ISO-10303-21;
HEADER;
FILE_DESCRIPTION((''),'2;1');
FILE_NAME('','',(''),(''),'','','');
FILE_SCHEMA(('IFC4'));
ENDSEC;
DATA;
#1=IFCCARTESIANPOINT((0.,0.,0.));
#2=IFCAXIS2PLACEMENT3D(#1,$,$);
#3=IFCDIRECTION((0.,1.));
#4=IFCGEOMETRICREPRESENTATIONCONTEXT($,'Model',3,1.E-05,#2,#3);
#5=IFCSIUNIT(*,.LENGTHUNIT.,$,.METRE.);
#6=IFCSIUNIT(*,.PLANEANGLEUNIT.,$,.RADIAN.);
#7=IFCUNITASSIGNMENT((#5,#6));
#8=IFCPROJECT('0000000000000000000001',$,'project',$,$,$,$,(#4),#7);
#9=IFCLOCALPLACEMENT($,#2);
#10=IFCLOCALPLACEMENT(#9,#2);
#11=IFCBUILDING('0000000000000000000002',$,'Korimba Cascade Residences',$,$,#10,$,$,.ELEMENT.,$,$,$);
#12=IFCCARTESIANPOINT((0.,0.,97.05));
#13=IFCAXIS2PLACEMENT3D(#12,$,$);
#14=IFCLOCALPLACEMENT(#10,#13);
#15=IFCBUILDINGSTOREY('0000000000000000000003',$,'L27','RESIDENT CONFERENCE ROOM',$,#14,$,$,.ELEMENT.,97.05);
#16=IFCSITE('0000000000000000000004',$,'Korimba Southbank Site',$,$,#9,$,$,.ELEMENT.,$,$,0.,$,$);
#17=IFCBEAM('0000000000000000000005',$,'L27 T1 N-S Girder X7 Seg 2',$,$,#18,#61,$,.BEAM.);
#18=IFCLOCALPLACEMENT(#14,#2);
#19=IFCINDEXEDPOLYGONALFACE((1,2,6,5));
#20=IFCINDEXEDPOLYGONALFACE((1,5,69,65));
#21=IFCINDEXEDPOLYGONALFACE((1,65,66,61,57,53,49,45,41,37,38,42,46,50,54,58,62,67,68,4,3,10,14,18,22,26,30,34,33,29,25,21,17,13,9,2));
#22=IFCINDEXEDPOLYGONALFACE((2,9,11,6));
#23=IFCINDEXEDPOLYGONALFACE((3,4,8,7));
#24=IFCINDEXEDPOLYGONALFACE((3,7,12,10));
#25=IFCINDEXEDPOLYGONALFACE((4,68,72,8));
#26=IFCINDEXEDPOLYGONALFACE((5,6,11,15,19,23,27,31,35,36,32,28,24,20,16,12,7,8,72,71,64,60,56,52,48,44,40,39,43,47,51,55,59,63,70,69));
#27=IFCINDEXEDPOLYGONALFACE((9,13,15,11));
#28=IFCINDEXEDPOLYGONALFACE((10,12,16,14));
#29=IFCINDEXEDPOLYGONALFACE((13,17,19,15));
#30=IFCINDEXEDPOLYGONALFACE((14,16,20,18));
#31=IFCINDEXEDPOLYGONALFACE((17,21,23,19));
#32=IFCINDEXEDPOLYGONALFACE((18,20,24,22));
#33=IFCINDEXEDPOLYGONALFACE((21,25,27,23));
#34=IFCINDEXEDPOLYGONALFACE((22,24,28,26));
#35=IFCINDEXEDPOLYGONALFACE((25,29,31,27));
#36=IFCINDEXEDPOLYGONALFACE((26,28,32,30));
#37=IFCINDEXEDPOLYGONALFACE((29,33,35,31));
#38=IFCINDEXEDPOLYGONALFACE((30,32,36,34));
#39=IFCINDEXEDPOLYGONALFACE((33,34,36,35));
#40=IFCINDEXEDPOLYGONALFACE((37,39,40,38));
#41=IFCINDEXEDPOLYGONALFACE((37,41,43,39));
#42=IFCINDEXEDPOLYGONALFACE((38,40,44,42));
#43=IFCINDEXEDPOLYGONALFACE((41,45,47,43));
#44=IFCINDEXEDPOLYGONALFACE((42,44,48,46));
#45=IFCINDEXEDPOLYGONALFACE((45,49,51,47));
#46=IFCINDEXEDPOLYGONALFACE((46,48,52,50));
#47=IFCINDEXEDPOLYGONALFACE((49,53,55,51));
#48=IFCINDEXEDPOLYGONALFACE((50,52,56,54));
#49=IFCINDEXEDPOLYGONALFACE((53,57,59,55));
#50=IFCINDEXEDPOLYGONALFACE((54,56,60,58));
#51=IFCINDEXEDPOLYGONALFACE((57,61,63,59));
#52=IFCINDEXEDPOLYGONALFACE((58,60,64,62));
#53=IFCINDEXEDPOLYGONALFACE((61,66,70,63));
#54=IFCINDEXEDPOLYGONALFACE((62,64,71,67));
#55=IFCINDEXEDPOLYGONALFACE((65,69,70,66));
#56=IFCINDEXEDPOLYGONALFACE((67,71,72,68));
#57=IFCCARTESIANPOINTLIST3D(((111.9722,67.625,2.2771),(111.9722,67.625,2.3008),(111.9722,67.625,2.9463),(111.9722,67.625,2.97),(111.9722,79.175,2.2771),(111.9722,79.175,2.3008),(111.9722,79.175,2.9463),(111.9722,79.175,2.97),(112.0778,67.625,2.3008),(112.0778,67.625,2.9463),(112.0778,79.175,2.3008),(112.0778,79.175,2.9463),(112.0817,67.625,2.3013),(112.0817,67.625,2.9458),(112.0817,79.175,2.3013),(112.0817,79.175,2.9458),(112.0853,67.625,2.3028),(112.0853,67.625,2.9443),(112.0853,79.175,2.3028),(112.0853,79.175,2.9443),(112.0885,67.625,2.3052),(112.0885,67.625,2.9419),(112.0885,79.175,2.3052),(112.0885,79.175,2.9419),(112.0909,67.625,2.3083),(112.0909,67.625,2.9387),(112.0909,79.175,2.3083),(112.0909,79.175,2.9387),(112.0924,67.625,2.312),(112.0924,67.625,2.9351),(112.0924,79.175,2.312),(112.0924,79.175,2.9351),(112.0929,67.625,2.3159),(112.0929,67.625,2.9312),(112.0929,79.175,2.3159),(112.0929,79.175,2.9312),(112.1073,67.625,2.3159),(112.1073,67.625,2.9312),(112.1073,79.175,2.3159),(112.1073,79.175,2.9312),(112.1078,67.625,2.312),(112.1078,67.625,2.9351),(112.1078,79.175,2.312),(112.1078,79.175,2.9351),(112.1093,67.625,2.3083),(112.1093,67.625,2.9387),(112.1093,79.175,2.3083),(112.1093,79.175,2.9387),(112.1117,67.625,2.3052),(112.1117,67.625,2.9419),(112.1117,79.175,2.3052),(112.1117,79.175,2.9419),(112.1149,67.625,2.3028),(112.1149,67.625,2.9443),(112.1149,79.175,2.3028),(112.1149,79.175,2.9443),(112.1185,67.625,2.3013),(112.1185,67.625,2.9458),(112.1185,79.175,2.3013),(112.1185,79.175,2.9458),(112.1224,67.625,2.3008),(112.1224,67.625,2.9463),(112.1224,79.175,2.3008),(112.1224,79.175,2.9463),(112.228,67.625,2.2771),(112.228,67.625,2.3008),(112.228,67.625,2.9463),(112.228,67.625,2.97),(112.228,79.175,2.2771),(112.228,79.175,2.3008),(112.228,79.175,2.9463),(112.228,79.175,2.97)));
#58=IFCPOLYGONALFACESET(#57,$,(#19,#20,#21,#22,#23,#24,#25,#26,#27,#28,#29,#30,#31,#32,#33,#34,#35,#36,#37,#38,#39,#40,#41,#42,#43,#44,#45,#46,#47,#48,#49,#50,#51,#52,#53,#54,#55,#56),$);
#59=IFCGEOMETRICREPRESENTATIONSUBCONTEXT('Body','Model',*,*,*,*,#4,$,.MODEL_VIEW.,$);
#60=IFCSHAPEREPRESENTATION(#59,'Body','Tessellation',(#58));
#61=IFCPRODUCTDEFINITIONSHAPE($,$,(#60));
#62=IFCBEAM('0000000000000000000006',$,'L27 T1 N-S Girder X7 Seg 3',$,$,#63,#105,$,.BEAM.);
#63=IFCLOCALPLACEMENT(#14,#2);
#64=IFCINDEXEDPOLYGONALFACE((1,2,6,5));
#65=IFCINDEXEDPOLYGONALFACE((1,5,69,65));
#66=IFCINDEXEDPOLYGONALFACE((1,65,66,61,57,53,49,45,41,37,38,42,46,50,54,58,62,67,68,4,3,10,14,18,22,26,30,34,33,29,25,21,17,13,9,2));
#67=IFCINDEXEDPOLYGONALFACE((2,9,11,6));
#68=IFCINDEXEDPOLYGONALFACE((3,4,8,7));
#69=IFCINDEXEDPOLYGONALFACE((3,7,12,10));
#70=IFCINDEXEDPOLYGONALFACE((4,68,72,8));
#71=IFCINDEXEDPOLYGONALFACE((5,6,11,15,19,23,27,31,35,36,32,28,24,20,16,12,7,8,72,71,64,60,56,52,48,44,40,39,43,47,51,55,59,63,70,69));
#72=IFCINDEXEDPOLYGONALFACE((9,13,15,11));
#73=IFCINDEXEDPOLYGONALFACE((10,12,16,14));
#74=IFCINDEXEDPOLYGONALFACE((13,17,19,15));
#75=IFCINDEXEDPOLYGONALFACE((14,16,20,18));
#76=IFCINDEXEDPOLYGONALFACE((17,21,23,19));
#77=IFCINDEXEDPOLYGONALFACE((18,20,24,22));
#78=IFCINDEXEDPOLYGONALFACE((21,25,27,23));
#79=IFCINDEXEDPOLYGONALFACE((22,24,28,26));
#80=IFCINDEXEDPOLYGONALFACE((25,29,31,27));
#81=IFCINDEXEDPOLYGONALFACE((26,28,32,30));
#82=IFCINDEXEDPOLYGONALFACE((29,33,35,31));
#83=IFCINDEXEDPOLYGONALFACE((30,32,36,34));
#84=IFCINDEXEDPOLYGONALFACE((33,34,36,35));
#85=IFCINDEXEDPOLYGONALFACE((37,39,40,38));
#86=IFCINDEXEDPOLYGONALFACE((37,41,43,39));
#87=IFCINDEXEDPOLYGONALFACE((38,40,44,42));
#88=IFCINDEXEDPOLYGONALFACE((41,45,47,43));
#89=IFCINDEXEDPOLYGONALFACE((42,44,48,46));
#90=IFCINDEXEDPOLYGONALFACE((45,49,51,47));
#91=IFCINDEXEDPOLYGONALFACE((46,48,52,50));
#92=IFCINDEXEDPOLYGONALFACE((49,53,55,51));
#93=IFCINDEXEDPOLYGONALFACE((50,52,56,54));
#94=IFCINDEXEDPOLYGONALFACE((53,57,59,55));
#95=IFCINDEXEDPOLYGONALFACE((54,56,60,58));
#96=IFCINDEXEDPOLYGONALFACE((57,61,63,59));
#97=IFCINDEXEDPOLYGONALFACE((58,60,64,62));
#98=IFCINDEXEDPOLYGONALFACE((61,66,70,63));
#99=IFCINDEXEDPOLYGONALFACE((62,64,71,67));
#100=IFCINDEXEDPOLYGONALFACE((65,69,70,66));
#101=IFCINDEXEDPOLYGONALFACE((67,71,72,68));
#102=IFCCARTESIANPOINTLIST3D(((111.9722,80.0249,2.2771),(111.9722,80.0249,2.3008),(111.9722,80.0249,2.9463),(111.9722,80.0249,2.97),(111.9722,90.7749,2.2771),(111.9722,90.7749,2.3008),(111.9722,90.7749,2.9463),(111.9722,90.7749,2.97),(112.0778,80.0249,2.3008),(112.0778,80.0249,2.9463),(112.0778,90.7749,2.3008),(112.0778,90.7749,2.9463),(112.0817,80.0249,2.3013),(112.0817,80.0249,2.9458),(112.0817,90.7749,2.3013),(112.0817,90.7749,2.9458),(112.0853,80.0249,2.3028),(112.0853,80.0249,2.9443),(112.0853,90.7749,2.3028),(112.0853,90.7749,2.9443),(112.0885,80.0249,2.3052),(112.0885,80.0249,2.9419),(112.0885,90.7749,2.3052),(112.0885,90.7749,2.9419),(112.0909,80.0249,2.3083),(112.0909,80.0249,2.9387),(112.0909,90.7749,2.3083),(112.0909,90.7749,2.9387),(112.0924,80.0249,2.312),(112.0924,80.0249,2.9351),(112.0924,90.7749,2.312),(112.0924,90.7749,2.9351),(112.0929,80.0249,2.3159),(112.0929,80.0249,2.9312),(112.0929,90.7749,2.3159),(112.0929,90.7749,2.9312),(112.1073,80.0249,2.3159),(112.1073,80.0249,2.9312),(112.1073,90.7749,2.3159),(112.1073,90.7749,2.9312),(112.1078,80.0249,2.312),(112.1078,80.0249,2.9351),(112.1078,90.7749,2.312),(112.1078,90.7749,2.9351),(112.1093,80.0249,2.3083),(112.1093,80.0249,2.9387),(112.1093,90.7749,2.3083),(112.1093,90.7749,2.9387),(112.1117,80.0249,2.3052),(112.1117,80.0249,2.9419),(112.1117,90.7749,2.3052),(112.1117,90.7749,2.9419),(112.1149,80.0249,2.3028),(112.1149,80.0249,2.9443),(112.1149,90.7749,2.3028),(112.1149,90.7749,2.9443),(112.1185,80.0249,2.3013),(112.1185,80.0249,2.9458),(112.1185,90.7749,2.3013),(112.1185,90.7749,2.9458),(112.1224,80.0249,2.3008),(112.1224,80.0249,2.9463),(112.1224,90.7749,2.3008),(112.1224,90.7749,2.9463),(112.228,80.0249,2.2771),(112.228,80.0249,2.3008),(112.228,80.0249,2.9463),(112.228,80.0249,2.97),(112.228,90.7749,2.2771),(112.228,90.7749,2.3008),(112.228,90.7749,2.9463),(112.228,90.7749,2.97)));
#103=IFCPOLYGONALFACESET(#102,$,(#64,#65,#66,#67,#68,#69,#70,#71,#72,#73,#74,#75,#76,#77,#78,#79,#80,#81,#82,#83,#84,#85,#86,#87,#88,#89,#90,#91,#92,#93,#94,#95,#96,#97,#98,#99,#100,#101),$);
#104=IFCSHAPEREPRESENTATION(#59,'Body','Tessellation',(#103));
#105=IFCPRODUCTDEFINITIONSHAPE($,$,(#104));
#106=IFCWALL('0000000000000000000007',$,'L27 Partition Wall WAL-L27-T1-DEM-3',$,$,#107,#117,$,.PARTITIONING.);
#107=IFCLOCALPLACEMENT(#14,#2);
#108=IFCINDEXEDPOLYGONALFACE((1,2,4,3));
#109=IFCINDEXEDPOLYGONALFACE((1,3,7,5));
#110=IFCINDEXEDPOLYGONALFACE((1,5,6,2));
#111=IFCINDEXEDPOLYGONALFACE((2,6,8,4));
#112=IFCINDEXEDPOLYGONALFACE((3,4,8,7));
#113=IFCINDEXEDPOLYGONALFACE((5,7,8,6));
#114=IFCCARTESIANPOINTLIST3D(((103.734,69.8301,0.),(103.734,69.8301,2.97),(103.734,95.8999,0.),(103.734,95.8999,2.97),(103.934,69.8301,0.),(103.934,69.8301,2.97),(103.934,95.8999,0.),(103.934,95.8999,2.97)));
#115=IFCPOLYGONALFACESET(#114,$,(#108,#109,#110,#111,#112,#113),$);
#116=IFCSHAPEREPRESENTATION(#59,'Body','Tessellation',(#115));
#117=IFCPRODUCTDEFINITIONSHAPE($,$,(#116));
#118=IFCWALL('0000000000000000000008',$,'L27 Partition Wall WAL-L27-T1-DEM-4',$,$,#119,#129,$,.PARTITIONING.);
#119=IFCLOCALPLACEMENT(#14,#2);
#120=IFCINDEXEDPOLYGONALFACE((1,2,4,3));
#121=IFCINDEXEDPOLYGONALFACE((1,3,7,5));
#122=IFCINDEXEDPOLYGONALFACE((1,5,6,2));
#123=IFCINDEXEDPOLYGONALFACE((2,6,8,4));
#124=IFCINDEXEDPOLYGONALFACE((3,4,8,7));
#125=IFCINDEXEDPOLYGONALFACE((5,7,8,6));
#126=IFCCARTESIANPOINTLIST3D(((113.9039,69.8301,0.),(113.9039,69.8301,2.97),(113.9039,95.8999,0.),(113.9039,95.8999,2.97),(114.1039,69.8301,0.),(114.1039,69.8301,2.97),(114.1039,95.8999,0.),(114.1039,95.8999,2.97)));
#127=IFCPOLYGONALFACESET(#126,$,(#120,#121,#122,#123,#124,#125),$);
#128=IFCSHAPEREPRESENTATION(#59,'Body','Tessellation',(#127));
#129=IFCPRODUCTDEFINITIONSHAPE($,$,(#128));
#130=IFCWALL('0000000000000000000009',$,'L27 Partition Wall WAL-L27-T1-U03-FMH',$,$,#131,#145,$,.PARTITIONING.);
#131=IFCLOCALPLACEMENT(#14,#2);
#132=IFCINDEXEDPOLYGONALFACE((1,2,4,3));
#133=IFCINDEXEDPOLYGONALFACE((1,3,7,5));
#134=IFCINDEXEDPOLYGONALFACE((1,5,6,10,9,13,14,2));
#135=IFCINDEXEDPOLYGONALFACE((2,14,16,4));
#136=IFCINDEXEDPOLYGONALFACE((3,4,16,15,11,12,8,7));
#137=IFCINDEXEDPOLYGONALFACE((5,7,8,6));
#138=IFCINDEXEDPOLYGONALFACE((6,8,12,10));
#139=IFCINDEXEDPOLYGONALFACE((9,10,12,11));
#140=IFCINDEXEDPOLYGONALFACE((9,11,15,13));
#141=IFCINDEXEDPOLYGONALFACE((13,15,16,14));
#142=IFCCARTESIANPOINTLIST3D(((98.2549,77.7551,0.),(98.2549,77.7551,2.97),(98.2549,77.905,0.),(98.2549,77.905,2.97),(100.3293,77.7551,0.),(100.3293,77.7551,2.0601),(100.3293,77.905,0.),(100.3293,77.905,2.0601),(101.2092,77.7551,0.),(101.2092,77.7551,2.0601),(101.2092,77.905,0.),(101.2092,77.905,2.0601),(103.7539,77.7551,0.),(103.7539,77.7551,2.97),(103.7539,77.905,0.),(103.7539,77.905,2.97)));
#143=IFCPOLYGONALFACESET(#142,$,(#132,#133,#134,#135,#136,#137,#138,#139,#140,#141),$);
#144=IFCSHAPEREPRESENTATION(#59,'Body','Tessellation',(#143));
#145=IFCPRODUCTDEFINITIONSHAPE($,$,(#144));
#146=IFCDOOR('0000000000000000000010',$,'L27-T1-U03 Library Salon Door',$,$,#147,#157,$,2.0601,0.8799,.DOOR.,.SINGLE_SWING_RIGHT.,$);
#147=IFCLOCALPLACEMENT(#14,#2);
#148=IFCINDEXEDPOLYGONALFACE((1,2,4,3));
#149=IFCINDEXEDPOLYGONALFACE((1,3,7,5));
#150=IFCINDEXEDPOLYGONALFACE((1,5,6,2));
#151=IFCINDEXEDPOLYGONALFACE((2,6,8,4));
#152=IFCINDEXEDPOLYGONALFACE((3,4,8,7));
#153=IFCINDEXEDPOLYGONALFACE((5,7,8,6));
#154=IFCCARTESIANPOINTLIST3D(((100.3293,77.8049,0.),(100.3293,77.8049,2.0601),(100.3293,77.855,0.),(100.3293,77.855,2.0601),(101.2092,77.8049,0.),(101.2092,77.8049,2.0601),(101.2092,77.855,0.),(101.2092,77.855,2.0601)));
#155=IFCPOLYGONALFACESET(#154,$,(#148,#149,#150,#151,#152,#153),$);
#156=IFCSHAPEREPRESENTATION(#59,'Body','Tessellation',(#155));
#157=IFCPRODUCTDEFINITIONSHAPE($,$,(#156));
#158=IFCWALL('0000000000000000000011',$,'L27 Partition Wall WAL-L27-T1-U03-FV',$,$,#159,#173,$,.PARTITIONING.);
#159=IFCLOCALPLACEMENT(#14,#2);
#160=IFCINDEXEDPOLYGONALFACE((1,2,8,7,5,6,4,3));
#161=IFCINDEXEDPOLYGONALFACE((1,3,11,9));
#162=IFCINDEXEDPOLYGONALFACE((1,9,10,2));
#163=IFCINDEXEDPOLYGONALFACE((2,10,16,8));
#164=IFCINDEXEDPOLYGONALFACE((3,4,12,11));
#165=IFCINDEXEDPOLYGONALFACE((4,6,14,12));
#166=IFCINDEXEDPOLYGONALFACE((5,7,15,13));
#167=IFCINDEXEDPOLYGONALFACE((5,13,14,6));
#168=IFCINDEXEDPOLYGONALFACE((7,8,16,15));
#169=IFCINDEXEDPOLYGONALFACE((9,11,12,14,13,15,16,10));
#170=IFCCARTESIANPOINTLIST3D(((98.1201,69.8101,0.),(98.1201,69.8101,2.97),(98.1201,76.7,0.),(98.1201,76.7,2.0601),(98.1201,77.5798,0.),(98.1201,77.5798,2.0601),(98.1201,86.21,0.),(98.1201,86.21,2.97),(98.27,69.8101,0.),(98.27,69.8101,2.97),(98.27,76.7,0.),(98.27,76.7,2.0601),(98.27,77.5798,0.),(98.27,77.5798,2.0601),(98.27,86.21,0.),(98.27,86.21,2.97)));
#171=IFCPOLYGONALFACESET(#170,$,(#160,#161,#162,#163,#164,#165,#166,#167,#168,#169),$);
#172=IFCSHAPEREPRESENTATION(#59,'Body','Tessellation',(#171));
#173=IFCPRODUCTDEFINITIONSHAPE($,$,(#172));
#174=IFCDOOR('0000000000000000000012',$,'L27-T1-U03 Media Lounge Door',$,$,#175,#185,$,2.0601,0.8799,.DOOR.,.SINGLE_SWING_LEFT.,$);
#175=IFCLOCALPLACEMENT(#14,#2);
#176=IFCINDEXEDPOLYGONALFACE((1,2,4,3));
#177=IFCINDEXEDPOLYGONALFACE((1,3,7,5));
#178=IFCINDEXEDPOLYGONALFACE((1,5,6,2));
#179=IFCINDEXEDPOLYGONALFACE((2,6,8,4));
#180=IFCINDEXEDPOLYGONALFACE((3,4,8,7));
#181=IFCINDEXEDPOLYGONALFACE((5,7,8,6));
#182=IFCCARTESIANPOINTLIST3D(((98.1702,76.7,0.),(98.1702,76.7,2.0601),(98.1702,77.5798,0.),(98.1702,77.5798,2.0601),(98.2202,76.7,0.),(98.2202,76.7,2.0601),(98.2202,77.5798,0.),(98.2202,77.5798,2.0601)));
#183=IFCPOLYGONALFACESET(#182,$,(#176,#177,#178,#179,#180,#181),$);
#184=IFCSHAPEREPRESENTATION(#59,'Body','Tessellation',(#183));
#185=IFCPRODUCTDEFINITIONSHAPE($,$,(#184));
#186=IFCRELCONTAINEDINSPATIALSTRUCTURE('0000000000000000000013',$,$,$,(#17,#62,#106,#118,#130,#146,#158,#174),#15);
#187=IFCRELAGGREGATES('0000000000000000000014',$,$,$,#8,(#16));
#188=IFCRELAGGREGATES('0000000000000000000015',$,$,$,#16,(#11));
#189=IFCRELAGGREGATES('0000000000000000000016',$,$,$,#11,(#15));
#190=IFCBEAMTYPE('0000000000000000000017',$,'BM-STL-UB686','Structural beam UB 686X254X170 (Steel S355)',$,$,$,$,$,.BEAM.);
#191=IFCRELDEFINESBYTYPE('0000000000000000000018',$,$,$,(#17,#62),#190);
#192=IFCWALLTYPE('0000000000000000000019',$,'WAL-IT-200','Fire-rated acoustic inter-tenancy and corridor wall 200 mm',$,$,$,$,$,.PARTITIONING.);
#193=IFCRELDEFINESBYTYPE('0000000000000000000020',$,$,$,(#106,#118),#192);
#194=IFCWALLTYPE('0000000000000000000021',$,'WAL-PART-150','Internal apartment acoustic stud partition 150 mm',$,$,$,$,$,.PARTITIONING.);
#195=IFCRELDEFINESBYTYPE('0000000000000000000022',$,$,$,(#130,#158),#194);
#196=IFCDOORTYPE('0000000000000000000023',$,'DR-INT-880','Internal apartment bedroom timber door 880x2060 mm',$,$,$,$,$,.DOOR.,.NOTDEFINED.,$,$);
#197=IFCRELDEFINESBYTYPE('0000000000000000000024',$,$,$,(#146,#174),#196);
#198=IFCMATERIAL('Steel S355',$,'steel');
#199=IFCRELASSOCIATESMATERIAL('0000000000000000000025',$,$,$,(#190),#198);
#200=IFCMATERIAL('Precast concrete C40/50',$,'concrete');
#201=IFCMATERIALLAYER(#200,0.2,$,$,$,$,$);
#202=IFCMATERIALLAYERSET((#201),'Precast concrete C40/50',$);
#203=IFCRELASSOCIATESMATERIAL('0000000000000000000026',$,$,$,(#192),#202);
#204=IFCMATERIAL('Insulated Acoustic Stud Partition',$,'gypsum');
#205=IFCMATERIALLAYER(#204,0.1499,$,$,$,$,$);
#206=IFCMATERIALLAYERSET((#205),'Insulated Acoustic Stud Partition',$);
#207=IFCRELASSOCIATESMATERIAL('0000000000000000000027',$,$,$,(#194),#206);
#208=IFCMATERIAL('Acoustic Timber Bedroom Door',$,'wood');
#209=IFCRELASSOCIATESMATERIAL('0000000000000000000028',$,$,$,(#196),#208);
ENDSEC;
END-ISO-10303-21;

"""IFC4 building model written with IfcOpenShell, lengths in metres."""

from ifc_helpers import new_model, si_unit, direction, frame, frame_2d, origin, origin_2d, place, context, subcontext, project, spatial, rectangle, i_section, extrude, material, layer, layer_set, material_profile, profile_set, type_object, element, fill, save


model = new_model("IFC4")

# Units and contexts
model_context = context("Model", 3, precision=1e-05, world=origin(), true_north=direction((0.0, 1.0)))
body_context = subcontext(model_context, "Body", "Model", "MODEL_VIEW")
ifc_project = project(units=[si_unit("LENGTHUNIT", "METRE"), si_unit("PLANEANGLEUNIT", "RADIAN")], contexts=[model_context])

# Site, building, storey
site_placement = place(None, origin())
site = spatial("IfcSite", under=ifc_project, at=site_placement, Name="Korimba Southbank Site", CompositionType="ELEMENT", RefElevation=0.0)
building_placement = place(site_placement, origin())
building = spatial("IfcBuilding", under=site, at=building_placement, Name="Korimba Cascade Residences", CompositionType="ELEMENT")
storey_placement = place(building_placement, frame((0.0, 0.0, 97.05)))
storey = spatial("IfcBuildingStorey", under=building, at=storey_placement, Name="L27", Description="RESIDENT CONFERENCE ROOM", CompositionType="ELEMENT", Elevation=97.05)

# Beams
ifc_material_1 = material(Name="Steel S355", Category="steel")
ifc_material_profile_1 = material_profile(ifc_material_1, i_section(OverallWidth=0.2559, OverallDepth=0.6929, WebThickness=0.0144, FlangeThickness=0.0237, FilletRadius=0.0151, at=origin_2d()), Name="Steel S355")
ifc_profile_set_1 = profile_set([ifc_material_profile_1], Name="Steel S355")
beam_type_1 = type_object("IfcBeamType", Name="BM-STL-UB686", Description="Structural beam UB 686X254X170 (Steel S355)", PredefinedType="BEAM", material=ifc_profile_set_1)
beam_1_placement = place(storey_placement, frame((112.1001, 67.625, 2.6235), z_axis=(0.0, 1.0, 0.0), x_axis=(-1.0, 0.0, 0.0)))
element("IfcBeam", 1, at=beam_1_placement, inside=storey, type_object=beam_type_1, Name="L27 T1 N-S Girder X7 Seg 2", PredefinedType="BEAM", context=body_context, shape_type="SweptSolid", body=[
    extrude(i_section(OverallWidth=0.2559, OverallDepth=0.6929, WebThickness=0.0144, FlangeThickness=0.0237, FilletRadius=0.0151, at=origin_2d()), origin(), (0.0, 0.0, 1.0), 11.55),
])
beam_2_placement = place(storey_placement, frame((112.1001, 80.0249, 2.6235), z_axis=(0.0, 1.0, 0.0), x_axis=(-1.0, 0.0, 0.0)))
element("IfcBeam", 2, at=beam_2_placement, inside=storey, type_object=beam_type_1, Name="L27 T1 N-S Girder X7 Seg 3", PredefinedType="BEAM", context=body_context, shape_type="SweptSolid", body=[
    extrude(i_section(OverallWidth=0.2559, OverallDepth=0.6929, WebThickness=0.0144, FlangeThickness=0.0237, FilletRadius=0.0151, at=origin_2d()), origin(), (0.0, 0.0, 1.0), 10.75),
])

# Walls
ifc_material_2 = material(Name="Precast concrete C40/50", Category="concrete")
ifc_layer_1 = layer(ifc_material_2, 0.2)
ifc_layer_set_1 = layer_set([ifc_layer_1], Name="Precast concrete C40/50")
wall_type_1 = type_object("IfcWallType", Name="WAL-IT-200", Description="Fire-rated acoustic inter-tenancy and corridor wall 200 mm", PredefinedType="PARTITIONING", material=ifc_layer_set_1)
for number, where, z_axis, x_axis, name in (
    (3, (103.834, 69.8301, 0.0), (0.0, 0.0, 1.0), (0.0, 1.0, 0.0), "L27 Partition Wall WAL-L27-T1-DEM-3"),
    (4, (114.0039, 69.8301, 0.0), (0.0, 0.0, 1.0), (0.0, 1.0, 0.0), "L27 Partition Wall WAL-L27-T1-DEM-4"),
):
    element("IfcWall", number, at=place(storey_placement, frame(where, z_axis=z_axis, x_axis=x_axis)), inside=storey, type_object=wall_type_1, Name=name, PredefinedType="PARTITIONING", context=body_context, shape_type="SweptSolid", body=[
        extrude(rectangle(XDim=26.0698, YDim=0.2, at=frame_2d((13.0349, 0.0))), origin(), (0.0, 0.0, 1.0), 2.97),
    ])

# Walls, openings, doors
ifc_material_3 = material(Name="Insulated Acoustic Stud Partition", Category="gypsum")
ifc_layer_2 = layer(ifc_material_3, 0.1499)
ifc_layer_set_2 = layer_set([ifc_layer_2], Name="Insulated Acoustic Stud Partition")
wall_type_2 = type_object("IfcWallType", Name="WAL-PART-150", Description="Internal apartment acoustic stud partition 150 mm", PredefinedType="PARTITIONING", material=ifc_layer_set_2)
wall_1_placement = place(storey_placement, frame((98.2549, 77.8301, 0.0), z_axis=(0.0, 0.0, 1.0), x_axis=(1.0, 0.0, 0.0)))
wall_1 = element("IfcWall", 5, at=wall_1_placement, inside=storey, type_object=wall_type_2, Name="L27 Partition Wall WAL-L27-T1-U03-FMH", PredefinedType="PARTITIONING", context=body_context, shape_type="SweptSolid", body=[
    extrude(rectangle(XDim=5.499, YDim=0.1499, at=frame_2d((2.7495, 0.0))), origin(), (0.0, 0.0, 1.0), 2.97),
])
opening_1_placement = place(wall_1_placement, frame((2.0745, 0.0, 0.0)))
opening_1 = element("IfcOpeningElement", 6, at=opening_1_placement, cuts=wall_1, PredefinedType="OPENING", context=body_context, shape_type="SweptSolid", body=[
    extrude(rectangle(XDim=0.8799, YDim=2.0601, at=frame_2d((0.4399, 1.03))), frame((0.0, 0.085, 0.0), z_axis=(0.0, -1.0, 0.0), x_axis=(1.0, 0.0, 0.0)), (0.0, 0.0, 1.0), 0.1699),
])
ifc_material_4 = material(Name="Acoustic Timber Bedroom Door", Category="wood")
door_type = type_object("IfcDoorType", Name="DR-INT-880", Description="Internal apartment bedroom timber door 880x2060 mm", OperationType="NOTDEFINED", PredefinedType="DOOR", material=ifc_material_4)
door_1_placement = place(opening_1_placement, origin())
door_1 = element("IfcDoor", 7, at=door_1_placement, inside=storey, type_object=door_type, Name="L27-T1-U03 Library Salon Door", OperationType="SINGLE_SWING_RIGHT", OverallHeight=2.0601, OverallWidth=0.8799, PredefinedType="DOOR", context=body_context, shape_type="SweptSolid", body=[
    extrude(rectangle(XDim=0.8799, YDim=2.0601, at=frame_2d((0.4399, 1.03))), frame((0.0, 0.0249, 0.0), z_axis=(0.0, -1.0, 0.0), x_axis=(1.0, 0.0, 0.0)), (0.0, 0.0, 1.0), 0.05),
])
fill(opening_1, door_1)
wall_2_placement = place(storey_placement, frame((98.1951, 69.8101, 0.0), z_axis=(0.0, 0.0, 1.0), x_axis=(0.0, 1.0, 0.0)))
wall_2 = element("IfcWall", 8, at=wall_2_placement, inside=storey, type_object=wall_type_2, Name="L27 Partition Wall WAL-L27-T1-U03-FV", PredefinedType="PARTITIONING", context=body_context, shape_type="SweptSolid", body=[
    extrude(rectangle(XDim=16.3999, YDim=0.1499, at=frame_2d((8.2, 0.0))), origin(), (0.0, 0.0, 1.0), 2.97),
])
opening_2_placement = place(wall_2_placement, frame((6.8899, 0.0, 0.0)))
opening_2 = element("IfcOpeningElement", 9, at=opening_2_placement, cuts=wall_2, PredefinedType="OPENING", context=body_context, shape_type="SweptSolid", body=[
    extrude(rectangle(XDim=0.8799, YDim=2.0601, at=frame_2d((0.4399, 1.03))), frame((0.0, 0.085, 0.0), z_axis=(0.0, -1.0, 0.0), x_axis=(1.0, 0.0, 0.0)), (0.0, 0.0, 1.0), 0.1699),
])
door_2_placement = place(opening_2_placement, origin())
door_2 = element("IfcDoor", 10, at=door_2_placement, inside=storey, type_object=door_type, Name="L27-T1-U03 Media Lounge Door", OperationType="SINGLE_SWING_LEFT", OverallHeight=2.0601, OverallWidth=0.8799, PredefinedType="DOOR", context=body_context, shape_type="SweptSolid", body=[
    extrude(rectangle(XDim=0.8799, YDim=2.0601, at=frame_2d((0.4399, 1.03))), frame((0.0, 0.0249, 0.0), z_axis=(0.0, -1.0, 0.0), x_axis=(1.0, 0.0, 0.0)), (0.0, 0.0, 1.0), 0.05),
])
fill(opening_2, door_2)

save(model, "model.ifc")
